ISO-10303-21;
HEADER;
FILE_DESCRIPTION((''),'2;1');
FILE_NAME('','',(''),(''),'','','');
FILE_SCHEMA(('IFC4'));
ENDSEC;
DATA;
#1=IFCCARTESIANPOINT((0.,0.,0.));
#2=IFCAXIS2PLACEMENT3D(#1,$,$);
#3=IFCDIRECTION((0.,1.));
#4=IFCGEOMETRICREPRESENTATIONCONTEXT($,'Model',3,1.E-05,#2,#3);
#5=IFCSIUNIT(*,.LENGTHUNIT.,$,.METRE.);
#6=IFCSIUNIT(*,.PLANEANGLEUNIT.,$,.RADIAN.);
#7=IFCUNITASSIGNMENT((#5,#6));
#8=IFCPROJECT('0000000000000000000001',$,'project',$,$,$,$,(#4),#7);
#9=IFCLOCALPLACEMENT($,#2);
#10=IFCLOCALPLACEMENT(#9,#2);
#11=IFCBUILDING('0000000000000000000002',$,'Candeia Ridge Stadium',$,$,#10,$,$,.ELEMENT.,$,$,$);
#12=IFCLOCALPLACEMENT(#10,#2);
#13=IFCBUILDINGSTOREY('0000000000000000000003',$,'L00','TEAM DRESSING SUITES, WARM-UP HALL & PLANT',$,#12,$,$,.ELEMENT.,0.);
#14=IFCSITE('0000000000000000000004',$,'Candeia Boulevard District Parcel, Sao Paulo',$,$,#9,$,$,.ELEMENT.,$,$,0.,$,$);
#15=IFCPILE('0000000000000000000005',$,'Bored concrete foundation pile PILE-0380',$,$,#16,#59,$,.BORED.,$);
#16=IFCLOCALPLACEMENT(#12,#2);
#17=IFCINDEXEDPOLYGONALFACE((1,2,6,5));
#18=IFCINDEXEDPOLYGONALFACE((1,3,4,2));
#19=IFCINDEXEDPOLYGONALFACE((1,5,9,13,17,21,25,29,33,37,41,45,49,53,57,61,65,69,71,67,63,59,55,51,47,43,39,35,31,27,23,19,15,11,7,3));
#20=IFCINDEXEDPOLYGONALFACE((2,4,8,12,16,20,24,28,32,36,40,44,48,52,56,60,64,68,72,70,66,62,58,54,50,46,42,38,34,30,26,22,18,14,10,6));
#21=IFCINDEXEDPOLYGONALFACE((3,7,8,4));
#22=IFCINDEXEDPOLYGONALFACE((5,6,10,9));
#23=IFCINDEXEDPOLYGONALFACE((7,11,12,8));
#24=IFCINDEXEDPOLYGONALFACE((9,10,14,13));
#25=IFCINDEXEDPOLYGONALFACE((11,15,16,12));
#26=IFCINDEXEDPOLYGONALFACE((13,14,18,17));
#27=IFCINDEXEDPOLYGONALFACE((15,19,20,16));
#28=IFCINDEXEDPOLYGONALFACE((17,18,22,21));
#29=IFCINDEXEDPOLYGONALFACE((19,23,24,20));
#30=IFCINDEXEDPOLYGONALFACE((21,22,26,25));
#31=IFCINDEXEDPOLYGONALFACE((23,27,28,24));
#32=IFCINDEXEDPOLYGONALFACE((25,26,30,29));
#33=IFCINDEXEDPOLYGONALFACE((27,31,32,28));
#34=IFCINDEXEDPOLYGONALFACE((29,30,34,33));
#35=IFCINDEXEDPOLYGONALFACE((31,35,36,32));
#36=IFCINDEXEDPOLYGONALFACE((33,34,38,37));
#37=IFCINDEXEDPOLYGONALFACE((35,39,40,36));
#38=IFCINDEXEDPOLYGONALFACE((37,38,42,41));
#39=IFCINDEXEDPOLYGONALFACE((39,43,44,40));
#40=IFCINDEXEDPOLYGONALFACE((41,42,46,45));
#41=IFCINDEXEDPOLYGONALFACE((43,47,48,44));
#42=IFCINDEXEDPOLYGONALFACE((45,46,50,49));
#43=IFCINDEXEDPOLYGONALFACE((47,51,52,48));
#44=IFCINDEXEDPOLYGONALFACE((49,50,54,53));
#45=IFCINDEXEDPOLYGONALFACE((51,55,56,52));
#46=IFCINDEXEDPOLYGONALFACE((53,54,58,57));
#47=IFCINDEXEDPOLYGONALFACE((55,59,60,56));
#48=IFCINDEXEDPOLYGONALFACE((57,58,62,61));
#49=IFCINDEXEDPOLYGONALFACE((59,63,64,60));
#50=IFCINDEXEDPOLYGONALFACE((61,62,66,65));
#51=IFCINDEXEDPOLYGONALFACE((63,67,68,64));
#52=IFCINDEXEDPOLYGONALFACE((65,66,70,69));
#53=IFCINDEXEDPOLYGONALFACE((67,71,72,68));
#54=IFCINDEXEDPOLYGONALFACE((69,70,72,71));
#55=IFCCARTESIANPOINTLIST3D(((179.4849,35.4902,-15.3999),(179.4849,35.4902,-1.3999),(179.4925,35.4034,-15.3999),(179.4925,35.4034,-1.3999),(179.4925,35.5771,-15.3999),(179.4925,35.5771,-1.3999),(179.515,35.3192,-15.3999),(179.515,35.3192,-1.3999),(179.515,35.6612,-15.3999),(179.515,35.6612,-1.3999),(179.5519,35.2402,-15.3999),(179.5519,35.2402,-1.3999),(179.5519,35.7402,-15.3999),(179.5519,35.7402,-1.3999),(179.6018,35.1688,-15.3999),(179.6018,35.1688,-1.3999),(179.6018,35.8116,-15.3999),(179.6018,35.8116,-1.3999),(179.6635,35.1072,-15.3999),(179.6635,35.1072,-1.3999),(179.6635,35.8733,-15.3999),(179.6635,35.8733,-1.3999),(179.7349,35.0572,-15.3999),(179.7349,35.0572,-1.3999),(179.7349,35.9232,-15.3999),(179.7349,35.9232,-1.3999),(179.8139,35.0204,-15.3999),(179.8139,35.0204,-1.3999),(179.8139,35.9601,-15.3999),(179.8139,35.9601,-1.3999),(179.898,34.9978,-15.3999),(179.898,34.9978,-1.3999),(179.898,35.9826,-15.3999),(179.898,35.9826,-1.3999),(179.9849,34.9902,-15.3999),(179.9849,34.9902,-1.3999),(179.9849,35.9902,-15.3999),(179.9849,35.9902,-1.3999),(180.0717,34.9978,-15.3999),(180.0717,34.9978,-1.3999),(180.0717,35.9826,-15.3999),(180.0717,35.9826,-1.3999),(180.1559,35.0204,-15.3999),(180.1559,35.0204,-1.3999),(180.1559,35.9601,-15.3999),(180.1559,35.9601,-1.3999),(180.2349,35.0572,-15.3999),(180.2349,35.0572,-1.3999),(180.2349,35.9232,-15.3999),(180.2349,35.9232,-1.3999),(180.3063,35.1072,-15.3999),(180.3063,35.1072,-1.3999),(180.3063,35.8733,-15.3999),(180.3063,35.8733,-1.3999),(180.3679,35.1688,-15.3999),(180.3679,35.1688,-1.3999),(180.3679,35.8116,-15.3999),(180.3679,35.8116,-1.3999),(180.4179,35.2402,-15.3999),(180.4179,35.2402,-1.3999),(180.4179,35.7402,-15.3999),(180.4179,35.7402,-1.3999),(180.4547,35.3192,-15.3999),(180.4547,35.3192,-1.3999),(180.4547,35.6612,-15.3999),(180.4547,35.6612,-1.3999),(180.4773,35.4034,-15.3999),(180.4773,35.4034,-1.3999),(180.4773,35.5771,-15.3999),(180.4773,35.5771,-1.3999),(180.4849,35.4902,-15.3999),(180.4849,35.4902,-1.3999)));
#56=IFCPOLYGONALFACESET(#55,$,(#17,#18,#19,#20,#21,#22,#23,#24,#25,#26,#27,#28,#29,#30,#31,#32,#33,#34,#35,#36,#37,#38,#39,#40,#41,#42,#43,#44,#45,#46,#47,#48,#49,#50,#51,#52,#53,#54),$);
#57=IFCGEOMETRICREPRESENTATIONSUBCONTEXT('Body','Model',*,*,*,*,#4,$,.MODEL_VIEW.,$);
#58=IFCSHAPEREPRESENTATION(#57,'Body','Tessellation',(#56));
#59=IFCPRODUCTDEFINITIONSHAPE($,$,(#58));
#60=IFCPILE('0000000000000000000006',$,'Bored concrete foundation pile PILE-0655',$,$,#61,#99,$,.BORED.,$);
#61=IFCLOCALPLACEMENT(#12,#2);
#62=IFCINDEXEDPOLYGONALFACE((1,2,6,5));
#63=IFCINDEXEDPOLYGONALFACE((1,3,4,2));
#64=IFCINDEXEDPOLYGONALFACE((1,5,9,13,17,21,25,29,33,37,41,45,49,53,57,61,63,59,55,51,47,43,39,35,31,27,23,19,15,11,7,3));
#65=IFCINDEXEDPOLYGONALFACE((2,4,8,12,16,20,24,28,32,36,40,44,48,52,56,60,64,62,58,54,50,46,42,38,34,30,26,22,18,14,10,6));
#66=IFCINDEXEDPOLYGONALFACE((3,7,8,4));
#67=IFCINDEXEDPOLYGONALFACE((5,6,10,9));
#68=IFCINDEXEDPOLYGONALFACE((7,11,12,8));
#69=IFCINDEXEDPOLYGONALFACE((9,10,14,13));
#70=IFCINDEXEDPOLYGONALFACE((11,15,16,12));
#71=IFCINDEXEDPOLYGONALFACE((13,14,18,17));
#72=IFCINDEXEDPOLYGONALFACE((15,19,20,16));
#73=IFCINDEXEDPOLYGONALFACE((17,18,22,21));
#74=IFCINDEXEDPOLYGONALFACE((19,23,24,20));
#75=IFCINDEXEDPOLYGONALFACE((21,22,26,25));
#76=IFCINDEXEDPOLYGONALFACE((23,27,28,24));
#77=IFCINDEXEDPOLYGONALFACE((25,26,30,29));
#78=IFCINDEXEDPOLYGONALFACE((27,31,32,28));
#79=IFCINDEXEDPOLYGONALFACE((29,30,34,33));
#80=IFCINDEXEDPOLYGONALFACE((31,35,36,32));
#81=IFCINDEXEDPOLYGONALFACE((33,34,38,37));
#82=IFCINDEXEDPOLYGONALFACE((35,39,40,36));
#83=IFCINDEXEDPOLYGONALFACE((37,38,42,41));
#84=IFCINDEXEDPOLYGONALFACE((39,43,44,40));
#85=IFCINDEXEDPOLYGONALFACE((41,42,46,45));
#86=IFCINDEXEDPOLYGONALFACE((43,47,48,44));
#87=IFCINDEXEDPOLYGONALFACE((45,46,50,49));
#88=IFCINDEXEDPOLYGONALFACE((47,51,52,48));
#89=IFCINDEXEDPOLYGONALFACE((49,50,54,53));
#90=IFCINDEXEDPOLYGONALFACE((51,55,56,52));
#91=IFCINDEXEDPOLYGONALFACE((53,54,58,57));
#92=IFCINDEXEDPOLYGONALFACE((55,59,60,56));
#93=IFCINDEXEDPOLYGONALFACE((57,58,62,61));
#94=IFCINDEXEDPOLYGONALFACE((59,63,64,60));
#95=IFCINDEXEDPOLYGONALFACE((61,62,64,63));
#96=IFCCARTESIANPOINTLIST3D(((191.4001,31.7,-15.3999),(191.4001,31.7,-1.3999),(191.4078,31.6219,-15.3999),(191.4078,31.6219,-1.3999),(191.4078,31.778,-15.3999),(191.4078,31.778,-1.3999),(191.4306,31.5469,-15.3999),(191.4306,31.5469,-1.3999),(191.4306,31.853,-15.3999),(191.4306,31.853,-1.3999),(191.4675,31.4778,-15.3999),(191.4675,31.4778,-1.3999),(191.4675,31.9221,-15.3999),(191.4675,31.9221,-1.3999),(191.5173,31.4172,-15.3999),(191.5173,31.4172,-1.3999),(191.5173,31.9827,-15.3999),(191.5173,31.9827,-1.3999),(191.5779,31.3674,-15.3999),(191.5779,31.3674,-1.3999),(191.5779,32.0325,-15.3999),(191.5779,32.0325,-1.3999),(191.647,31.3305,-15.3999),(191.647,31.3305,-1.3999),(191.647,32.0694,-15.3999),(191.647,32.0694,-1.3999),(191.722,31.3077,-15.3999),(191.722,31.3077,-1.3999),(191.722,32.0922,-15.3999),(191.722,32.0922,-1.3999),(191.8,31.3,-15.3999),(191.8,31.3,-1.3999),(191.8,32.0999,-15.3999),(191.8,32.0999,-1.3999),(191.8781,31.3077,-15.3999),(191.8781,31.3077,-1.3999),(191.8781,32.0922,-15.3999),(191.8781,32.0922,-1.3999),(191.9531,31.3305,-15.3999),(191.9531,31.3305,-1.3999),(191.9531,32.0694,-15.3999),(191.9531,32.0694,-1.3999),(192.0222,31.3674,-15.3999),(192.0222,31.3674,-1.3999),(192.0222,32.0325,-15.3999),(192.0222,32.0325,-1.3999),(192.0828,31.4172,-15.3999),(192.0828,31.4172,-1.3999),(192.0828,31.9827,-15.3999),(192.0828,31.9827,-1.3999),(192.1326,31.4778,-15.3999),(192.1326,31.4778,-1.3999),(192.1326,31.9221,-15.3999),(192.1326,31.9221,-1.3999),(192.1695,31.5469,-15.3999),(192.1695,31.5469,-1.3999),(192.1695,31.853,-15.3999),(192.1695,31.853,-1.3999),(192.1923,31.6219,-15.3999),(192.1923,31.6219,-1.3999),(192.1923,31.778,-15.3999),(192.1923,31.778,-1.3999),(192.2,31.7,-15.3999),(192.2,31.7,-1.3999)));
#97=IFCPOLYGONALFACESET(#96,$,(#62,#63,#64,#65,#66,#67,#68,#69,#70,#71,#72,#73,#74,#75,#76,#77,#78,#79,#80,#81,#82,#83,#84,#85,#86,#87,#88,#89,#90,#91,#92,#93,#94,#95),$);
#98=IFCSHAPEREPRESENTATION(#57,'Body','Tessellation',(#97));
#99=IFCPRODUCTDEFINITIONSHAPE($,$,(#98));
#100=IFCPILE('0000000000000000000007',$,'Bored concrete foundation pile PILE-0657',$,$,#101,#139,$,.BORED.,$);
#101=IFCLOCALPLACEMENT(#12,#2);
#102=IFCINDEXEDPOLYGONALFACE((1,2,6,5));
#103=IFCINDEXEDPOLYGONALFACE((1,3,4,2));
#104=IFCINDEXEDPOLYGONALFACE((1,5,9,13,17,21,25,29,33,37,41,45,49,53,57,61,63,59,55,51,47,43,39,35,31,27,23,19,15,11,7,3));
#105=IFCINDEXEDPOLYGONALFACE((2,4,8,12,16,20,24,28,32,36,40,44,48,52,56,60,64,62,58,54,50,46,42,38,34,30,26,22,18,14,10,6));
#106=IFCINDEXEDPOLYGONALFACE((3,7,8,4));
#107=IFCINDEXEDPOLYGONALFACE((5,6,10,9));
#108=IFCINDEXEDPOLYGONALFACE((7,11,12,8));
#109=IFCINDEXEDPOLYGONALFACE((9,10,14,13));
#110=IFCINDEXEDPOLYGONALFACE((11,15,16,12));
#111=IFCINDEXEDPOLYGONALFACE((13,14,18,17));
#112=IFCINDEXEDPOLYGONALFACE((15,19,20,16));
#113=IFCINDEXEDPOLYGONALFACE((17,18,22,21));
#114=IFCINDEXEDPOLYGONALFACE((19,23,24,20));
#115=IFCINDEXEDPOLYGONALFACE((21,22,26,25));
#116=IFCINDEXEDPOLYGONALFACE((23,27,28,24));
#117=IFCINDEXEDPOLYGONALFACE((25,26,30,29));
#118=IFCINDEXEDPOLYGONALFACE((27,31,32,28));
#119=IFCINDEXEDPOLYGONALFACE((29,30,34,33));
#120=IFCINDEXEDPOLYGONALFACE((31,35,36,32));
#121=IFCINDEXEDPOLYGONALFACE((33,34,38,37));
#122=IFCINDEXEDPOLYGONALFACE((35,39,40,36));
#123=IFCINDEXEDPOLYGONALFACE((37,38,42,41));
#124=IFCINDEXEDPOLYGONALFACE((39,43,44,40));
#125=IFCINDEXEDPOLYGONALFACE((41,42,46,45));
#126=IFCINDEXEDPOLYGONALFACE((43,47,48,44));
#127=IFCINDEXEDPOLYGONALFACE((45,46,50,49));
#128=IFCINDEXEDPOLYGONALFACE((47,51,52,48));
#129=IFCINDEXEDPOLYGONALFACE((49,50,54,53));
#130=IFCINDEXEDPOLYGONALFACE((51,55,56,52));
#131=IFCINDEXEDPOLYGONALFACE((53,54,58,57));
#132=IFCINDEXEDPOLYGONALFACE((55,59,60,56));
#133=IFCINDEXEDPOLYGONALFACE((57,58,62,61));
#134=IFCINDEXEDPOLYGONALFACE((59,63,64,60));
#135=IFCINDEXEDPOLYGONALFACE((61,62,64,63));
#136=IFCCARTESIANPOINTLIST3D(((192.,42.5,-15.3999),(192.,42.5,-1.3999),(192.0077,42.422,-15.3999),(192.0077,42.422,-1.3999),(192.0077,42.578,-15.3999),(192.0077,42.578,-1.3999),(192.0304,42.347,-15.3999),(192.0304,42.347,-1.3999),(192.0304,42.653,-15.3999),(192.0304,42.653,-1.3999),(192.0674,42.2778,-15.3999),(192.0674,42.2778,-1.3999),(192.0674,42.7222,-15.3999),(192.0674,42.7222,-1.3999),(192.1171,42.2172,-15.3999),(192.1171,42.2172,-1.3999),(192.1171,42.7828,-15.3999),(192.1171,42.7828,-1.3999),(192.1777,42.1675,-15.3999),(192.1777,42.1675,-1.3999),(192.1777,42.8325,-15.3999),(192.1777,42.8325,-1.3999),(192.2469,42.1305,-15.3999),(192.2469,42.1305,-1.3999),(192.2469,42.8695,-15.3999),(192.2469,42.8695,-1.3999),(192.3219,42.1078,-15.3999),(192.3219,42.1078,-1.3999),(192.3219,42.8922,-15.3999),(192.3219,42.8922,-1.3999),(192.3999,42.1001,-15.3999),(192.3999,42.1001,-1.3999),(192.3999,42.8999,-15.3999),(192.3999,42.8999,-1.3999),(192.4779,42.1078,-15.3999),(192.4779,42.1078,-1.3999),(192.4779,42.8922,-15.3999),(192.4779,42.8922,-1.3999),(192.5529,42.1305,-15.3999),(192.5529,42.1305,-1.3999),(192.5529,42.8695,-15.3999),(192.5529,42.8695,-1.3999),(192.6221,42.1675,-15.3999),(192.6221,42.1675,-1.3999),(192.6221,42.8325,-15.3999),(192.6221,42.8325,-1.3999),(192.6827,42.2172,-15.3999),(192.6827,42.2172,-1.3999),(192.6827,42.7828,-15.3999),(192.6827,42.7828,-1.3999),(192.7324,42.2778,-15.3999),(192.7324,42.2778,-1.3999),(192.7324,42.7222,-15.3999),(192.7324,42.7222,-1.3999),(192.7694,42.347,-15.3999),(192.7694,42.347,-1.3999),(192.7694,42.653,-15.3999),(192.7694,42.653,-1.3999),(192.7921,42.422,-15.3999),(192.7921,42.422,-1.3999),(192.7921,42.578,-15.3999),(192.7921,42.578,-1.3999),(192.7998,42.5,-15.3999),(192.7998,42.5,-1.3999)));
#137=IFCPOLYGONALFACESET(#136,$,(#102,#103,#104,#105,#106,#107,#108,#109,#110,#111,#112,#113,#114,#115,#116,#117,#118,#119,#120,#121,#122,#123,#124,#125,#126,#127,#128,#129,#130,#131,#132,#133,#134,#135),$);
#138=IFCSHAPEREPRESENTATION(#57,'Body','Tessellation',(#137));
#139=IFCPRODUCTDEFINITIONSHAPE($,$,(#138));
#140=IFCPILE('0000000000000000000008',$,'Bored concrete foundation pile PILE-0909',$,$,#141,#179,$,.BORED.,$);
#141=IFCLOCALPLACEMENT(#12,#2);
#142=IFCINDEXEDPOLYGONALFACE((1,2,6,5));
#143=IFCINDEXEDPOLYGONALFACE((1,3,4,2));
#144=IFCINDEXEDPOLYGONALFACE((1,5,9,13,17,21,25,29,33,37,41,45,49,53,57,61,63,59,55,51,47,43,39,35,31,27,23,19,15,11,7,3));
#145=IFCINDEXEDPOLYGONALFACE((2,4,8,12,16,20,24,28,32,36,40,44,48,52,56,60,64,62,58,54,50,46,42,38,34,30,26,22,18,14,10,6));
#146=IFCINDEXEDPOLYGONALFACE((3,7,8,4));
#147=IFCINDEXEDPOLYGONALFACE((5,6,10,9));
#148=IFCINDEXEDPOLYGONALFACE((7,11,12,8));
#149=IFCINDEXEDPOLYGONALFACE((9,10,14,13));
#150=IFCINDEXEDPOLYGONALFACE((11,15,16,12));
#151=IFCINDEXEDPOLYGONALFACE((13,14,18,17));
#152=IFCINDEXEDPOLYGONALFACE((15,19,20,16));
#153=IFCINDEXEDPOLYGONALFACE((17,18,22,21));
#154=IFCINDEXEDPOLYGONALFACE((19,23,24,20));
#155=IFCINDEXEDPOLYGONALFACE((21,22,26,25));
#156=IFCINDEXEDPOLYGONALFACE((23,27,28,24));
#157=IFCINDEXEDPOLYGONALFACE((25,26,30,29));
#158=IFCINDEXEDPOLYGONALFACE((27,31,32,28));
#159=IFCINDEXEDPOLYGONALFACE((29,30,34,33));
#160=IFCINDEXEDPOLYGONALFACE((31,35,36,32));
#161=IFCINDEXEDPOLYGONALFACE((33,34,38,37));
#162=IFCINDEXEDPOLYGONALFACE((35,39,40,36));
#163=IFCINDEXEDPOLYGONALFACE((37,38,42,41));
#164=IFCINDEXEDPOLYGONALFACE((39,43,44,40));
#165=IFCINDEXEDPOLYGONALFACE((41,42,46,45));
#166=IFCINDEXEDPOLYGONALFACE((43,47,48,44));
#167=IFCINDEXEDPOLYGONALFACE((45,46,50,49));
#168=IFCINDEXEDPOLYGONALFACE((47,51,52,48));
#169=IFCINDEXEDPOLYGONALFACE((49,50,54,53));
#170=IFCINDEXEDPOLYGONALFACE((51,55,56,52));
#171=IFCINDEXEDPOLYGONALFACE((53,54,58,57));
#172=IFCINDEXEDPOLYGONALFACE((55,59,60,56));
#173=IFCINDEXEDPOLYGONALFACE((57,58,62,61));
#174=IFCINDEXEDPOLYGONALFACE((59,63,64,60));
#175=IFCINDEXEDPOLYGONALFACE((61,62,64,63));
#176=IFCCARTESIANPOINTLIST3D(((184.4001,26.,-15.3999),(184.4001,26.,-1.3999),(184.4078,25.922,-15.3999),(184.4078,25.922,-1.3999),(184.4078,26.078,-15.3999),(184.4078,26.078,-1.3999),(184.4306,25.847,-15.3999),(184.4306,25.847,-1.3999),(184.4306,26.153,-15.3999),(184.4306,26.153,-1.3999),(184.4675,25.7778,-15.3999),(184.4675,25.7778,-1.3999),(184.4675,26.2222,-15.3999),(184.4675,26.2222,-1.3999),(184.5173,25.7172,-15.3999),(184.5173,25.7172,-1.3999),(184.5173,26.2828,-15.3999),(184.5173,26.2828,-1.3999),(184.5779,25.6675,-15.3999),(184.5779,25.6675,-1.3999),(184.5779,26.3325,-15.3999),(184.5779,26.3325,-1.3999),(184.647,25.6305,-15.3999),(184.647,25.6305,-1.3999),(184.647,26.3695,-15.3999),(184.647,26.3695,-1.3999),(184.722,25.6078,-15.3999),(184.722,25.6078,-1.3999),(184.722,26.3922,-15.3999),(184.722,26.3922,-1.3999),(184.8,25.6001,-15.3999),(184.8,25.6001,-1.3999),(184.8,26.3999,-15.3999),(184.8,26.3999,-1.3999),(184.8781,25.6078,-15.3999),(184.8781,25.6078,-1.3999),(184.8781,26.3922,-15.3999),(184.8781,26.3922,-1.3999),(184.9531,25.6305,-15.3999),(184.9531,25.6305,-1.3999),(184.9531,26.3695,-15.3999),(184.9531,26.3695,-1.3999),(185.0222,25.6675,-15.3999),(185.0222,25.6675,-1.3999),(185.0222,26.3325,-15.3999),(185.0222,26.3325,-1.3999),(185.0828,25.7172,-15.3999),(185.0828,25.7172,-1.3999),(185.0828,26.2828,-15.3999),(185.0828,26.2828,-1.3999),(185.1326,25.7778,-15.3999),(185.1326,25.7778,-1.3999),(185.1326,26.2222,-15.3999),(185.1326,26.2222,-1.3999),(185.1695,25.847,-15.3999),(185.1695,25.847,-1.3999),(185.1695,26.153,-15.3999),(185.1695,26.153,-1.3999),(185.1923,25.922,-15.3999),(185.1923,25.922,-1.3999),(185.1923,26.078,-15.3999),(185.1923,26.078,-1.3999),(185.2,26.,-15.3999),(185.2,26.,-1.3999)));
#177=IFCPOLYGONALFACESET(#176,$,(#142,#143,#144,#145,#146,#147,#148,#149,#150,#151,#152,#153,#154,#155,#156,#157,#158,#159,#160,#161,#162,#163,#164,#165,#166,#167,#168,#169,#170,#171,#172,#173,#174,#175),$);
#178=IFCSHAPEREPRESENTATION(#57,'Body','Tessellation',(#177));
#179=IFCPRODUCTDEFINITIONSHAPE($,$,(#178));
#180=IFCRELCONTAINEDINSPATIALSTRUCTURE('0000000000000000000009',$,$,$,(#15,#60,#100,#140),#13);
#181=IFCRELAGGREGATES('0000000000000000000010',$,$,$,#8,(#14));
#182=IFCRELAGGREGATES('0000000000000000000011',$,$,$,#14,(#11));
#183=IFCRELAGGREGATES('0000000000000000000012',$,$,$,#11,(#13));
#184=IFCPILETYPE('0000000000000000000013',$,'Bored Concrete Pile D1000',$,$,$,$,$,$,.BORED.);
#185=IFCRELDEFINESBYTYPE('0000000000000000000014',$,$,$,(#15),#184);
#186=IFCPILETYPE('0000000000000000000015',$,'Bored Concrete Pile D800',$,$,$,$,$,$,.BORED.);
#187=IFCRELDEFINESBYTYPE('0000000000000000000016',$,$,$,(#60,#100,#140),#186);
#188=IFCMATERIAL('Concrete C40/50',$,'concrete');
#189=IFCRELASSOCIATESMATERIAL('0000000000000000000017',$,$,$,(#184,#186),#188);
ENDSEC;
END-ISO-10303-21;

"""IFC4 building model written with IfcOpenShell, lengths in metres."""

from ifc_helpers import new_model, si_unit, direction, frame, origin, origin_2d, place, context, subcontext, project, spatial, circle, extrude, material, material_profile, profile_set, type_object, element, save


model = new_model("IFC4")

# Units and contexts
model_context = context("Model", 3, precision=1e-05, world=origin(), true_north=direction((0.0, 1.0)))
body_context = subcontext(model_context, "Body", "Model", "MODEL_VIEW")
ifc_project = project(units=[si_unit("LENGTHUNIT", "METRE"), si_unit("PLANEANGLEUNIT", "RADIAN")], contexts=[model_context])

# Site, building, storey
site_placement = place(None, origin())
site = spatial("IfcSite", under=ifc_project, at=site_placement, Name="Candeia Boulevard District Parcel, Sao Paulo", CompositionType="ELEMENT", RefElevation=0.0)
building_placement = place(site_placement, origin())
building = spatial("IfcBuilding", under=site, at=building_placement, Name="Candeia Ridge Stadium", CompositionType="ELEMENT")
storey_placement = place(building_placement, origin())
storey = spatial("IfcBuildingStorey", under=building, at=storey_placement, Name="L00", Description="TEAM DRESSING SUITES, WARM-UP HALL & PLANT", CompositionType="ELEMENT", Elevation=0.0)

# Piles
ifc_material_1 = material(Name="Concrete C40/50", Category="concrete")
ifc_material_profile_1 = material_profile(ifc_material_1, circle(Radius=0.5, at=origin_2d()), Name="PILE-D1000", Category="concrete")
ifc_profile_set_1 = profile_set([ifc_material_profile_1], Name="Concrete C40/50")
pile_type_1 = type_object("IfcPileType", Name="Bored Concrete Pile D1000", PredefinedType="BORED", material=ifc_profile_set_1)
pile_placement = place(storey_placement, frame((179.9849, 35.4902, -1.3999), z_axis=(0.0, 0.0, -1.0), x_axis=(1.0, 0.0, 0.0)))
element("IfcPile", 1, at=pile_placement, inside=storey, type_object=pile_type_1, Name="Bored concrete foundation pile PILE-0380", PredefinedType="BORED", context=body_context, shape_type="SweptSolid", body=[
    extrude(circle(Radius=0.5, at=origin_2d()), origin(), (0.0, 0.0, 1.0), 14.0),
])
ifc_material_profile_2 = material_profile(ifc_material_1, circle(Radius=0.3999, at=origin_2d()), Name="PILE-D800", Category="concrete")
ifc_profile_set_2 = profile_set([ifc_material_profile_2], Name="Concrete C40/50")
pile_type_2 = type_object("IfcPileType", Name="Bored Concrete Pile D800", PredefinedType="BORED", material=ifc_profile_set_2)
for number, where, z_axis, x_axis, name in (
    (2, (191.8, 31.7, -1.3999), (0.0, 0.0, -1.0), (1.0, 0.0, 0.0), "Bored concrete foundation pile PILE-0655"),
    (3, (192.3999, 42.5, -1.3999), (0.0, 0.0, -1.0), (1.0, 0.0, 0.0), "Bored concrete foundation pile PILE-0657"),
    (4, (184.8, 26.0, -1.3999), (0.0, 0.0, -1.0), (1.0, 0.0, 0.0), "Bored concrete foundation pile PILE-0909"),
):
    element("IfcPile", number, at=place(storey_placement, frame(where, z_axis=z_axis, x_axis=x_axis)), inside=storey, type_object=pile_type_2, Name=name, PredefinedType="BORED", context=body_context, shape_type="SweptSolid", body=[
        extrude(circle(Radius=0.3999, at=origin_2d()), origin(), (0.0, 0.0, 1.0), 14.0),
    ])

save(model, "model.ifc")
